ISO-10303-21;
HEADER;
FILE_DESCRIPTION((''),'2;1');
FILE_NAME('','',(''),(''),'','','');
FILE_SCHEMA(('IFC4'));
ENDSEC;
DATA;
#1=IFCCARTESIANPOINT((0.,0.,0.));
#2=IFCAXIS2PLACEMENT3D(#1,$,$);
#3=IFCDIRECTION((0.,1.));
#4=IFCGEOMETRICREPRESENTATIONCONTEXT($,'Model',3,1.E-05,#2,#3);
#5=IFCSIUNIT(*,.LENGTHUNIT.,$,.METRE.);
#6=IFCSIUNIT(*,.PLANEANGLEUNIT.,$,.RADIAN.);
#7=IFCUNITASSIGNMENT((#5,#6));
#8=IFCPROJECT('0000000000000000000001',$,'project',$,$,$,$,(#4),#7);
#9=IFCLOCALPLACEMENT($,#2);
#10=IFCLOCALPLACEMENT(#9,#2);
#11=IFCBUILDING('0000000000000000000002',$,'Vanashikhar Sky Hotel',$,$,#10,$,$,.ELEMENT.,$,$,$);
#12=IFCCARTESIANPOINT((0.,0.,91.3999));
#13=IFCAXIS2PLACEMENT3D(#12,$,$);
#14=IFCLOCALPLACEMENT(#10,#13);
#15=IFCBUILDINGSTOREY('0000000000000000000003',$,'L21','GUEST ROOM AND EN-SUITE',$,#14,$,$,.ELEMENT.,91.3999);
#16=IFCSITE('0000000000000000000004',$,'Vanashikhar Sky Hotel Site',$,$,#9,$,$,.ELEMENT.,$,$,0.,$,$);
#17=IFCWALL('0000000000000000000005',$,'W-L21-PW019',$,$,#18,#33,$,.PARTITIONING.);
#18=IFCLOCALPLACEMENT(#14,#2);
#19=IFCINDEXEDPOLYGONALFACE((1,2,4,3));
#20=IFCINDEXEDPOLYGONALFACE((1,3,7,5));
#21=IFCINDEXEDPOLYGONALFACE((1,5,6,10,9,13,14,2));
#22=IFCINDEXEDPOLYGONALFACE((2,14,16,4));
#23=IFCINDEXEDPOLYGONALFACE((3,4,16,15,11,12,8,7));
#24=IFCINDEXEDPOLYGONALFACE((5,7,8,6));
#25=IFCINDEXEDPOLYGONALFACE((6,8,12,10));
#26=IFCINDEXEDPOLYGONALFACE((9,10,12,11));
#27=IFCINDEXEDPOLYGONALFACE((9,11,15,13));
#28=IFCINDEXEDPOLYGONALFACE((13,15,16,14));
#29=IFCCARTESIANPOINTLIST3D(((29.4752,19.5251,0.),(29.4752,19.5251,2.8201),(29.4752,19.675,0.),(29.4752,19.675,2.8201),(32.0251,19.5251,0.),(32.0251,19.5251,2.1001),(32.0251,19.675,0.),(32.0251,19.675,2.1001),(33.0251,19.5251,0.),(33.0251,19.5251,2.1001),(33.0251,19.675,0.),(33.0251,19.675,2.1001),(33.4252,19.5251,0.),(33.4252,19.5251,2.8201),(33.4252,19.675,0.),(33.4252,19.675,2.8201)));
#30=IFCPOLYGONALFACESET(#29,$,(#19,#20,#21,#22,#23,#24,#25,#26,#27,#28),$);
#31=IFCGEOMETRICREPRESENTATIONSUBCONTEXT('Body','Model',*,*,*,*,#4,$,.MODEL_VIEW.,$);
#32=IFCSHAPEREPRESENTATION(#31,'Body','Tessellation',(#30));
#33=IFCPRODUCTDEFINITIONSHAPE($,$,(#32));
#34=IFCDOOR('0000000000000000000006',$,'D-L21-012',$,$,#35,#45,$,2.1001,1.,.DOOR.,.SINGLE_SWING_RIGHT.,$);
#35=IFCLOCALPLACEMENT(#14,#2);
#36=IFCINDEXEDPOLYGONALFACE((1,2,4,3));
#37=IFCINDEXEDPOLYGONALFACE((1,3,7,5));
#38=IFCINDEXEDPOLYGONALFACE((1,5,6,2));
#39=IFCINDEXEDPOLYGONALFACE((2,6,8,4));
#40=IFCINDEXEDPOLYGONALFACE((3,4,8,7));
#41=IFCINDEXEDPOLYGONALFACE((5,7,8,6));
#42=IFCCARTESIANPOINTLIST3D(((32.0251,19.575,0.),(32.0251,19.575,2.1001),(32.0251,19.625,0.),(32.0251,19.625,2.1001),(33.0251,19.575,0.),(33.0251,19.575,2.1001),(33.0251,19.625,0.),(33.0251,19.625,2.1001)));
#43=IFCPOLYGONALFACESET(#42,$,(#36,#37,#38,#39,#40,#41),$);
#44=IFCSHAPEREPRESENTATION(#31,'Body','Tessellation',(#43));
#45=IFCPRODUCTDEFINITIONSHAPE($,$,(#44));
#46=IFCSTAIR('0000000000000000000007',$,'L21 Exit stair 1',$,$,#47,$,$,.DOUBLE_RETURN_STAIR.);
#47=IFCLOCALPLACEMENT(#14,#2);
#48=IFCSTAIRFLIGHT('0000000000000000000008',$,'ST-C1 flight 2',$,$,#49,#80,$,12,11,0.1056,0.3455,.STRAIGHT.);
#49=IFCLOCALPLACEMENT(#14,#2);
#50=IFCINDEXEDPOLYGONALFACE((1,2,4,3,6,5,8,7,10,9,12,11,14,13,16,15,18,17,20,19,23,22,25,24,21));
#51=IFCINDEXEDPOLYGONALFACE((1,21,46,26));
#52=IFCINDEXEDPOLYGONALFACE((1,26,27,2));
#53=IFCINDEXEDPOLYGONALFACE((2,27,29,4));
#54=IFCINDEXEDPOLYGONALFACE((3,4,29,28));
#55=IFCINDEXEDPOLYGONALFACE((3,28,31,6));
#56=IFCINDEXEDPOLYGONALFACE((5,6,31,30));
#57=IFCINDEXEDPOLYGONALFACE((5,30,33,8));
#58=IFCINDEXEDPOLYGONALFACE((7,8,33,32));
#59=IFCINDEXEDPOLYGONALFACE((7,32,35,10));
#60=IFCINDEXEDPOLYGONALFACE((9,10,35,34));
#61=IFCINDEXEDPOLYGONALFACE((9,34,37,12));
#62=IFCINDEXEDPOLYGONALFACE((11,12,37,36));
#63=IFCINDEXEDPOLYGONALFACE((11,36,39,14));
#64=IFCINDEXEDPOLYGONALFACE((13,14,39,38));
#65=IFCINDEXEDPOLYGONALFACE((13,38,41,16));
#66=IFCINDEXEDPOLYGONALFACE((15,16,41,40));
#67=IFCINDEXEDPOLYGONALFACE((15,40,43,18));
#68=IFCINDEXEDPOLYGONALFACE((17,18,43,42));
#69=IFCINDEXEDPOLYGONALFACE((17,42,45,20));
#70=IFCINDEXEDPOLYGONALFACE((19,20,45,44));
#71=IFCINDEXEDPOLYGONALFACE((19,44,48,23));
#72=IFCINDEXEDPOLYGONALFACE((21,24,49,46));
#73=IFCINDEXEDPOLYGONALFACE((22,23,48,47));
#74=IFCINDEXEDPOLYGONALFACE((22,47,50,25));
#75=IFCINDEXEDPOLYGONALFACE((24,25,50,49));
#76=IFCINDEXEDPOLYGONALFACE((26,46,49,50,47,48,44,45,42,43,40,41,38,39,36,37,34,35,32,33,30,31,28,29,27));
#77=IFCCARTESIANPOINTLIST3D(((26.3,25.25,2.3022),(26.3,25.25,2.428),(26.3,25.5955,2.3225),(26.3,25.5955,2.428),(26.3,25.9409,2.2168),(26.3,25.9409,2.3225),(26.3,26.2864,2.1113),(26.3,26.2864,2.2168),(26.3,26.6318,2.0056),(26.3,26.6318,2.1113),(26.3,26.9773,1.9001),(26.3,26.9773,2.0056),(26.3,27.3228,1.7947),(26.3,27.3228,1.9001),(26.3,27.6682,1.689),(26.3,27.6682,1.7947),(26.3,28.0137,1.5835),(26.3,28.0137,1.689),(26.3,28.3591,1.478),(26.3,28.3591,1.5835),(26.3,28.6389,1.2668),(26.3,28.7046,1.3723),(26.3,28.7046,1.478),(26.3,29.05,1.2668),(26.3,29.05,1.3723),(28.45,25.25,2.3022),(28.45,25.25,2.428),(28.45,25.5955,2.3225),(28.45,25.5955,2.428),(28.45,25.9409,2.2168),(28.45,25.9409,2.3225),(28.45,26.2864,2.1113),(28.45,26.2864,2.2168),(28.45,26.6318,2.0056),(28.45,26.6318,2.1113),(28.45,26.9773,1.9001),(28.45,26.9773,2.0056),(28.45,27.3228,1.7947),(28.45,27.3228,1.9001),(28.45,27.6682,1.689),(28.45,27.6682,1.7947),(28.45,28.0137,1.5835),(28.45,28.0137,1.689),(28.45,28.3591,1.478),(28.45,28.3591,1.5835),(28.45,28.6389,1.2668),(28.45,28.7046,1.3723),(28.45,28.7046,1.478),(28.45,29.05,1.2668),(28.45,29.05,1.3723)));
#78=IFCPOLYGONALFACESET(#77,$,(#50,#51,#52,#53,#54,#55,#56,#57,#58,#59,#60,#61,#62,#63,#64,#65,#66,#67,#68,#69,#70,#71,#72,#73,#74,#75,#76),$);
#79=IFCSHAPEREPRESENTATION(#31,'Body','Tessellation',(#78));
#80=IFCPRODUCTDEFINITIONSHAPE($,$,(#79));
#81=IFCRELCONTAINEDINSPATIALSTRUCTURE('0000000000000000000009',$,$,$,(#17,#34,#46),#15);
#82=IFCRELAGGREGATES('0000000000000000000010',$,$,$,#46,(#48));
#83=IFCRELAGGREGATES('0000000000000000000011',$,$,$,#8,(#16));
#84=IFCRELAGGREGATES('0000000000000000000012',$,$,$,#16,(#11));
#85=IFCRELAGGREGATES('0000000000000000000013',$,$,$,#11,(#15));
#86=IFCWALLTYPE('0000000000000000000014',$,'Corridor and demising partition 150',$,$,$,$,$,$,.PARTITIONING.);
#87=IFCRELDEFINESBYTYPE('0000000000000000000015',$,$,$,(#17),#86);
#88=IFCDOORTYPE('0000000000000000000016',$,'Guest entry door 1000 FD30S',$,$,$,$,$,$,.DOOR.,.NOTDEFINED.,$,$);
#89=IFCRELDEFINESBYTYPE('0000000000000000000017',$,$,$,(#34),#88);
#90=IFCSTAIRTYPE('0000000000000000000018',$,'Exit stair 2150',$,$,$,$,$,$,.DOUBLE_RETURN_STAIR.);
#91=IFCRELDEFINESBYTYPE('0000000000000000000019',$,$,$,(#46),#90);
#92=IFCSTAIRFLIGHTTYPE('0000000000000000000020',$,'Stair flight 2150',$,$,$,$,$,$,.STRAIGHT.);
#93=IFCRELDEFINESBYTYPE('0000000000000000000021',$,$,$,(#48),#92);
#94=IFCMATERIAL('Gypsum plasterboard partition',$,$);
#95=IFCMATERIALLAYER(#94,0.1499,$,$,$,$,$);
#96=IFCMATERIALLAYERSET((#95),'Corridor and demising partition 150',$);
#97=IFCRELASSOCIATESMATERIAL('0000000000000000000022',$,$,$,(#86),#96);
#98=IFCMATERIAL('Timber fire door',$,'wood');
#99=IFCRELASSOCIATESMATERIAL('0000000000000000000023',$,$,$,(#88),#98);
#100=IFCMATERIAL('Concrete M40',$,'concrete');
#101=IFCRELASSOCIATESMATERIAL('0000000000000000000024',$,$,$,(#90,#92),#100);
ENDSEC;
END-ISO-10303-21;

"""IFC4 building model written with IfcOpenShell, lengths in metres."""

from ifc_helpers import new_model, si_unit, direction, frame, frame_2d, origin, place, context, subcontext, project, spatial, polyline, rectangle, outline, extrude, source, transform, mapped, material, layer, layer_set, type_object, element, fill, aggregate, save


model = new_model("IFC4")

# Units and contexts
model_context = context("Model", 3, precision=1e-05, world=origin(), true_north=direction((0.0, 1.0)))
body_context = subcontext(model_context, "Body", "Model", "MODEL_VIEW")
ifc_project = project(units=[si_unit("LENGTHUNIT", "METRE"), si_unit("PLANEANGLEUNIT", "RADIAN")], contexts=[model_context])

# Site, building, storey
site_placement = place(None, origin())
site = spatial("IfcSite", under=ifc_project, at=site_placement, Name="Vanashikhar Sky Hotel Site", CompositionType="ELEMENT", RefElevation=0.0)
building_placement = place(site_placement, origin())
building = spatial("IfcBuilding", under=site, at=building_placement, Name="Vanashikhar Sky Hotel", CompositionType="ELEMENT")
storey_placement = place(building_placement, frame((0.0, 0.0, 91.3999)))
storey = spatial("IfcBuildingStorey", under=building, at=storey_placement, Name="L21", Description="GUEST ROOM AND EN-SUITE", CompositionType="ELEMENT", Elevation=91.3999)

# Wall, opening, door
ifc_material_1 = material(Name="Gypsum plasterboard partition")
ifc_layer_1 = layer(ifc_material_1, 0.1499)
ifc_layer_set_1 = layer_set([ifc_layer_1], Name="Corridor and demising partition 150")
wall_type_1 = type_object("IfcWallType", Name="Corridor and demising partition 150", PredefinedType="PARTITIONING", material=ifc_layer_set_1)
shared_shape_1 = source(origin(), body_context, "Body", "SweptSolid", [
    extrude(rectangle(XDim=3.95, YDim=0.1499, at=frame_2d((1.9751, 0.0))), origin(), (0.0, 0.0, 1.0), 2.8201),
])
shared_shape_2 = source(origin(), body_context, "Body", "SweptSolid", [
    extrude(rectangle(XDim=1.0, YDim=2.1001, at=frame_2d((0.5, 1.05))), frame((0.0, 0.085, 0.0), z_axis=(0.0, -1.0, 0.0), x_axis=(1.0, 0.0, 0.0)), (0.0, 0.0, 1.0), 0.1699),
])
ifc_material_2 = material(Name="Timber fire door", Category="wood")
door_type_1 = type_object("IfcDoorType", Name="Guest entry door 1000 FD30S", OperationType="NOTDEFINED", PredefinedType="DOOR", material=ifc_material_2)
shared_shape_3 = source(origin(), body_context, "Body", "SweptSolid", [
    extrude(rectangle(XDim=1.0, YDim=2.1001, at=frame_2d((0.5, 1.05))), frame((0.0, 0.0249, 0.0), z_axis=(0.0, -1.0, 0.0), x_axis=(1.0, 0.0, 0.0)), (0.0, 0.0, 1.0), 0.05),
])
wall_1_placement = place(storey_placement, frame((29.4751, 19.6001, 0.0), z_axis=(0.0, 0.0, 1.0), x_axis=(1.0, 0.0, 0.0)))
wall_1 = element("IfcWall", 1, at=wall_1_placement, inside=storey, type_object=wall_type_1, Name="W-L21-PW019", PredefinedType="PARTITIONING", context=body_context, shape_type="MappedRepresentation", body=[
    mapped(shared_shape_1, transform((0.0, 0.0, 0.0), scale=1.0)),
])
opening_1_placement = place(wall_1_placement, frame((2.55, 0.0, 0.0)))
opening_1 = element("IfcOpeningElement", 2, at=opening_1_placement, cuts=wall_1, PredefinedType="OPENING", context=body_context, shape_type="MappedRepresentation", body=[
    mapped(shared_shape_2, transform((0.0, 0.0, 0.0), scale=1.0)),
])
door_1_placement = place(opening_1_placement, origin())
door_1 = element("IfcDoor", 3, at=door_1_placement, inside=storey, type_object=door_type_1, Name="D-L21-012", OperationType="SINGLE_SWING_RIGHT", OverallHeight=2.1001, OverallWidth=1.0, PredefinedType="DOOR", context=body_context, shape_type="MappedRepresentation", body=[
    mapped(shared_shape_3, transform((0.0, 0.0, 0.0), scale=1.0)),
])
fill(opening_1, door_1)

# Stair, stair flight
ifc_material_3 = material(Name="Concrete M40", Category="concrete")
stair_type = type_object("IfcStairType", Name="Exit stair 2150", PredefinedType="DOUBLE_RETURN_STAIR", material=ifc_material_3)
stair_placement = place(storey_placement, origin())
stair = element("IfcStair", 4, at=stair_placement, inside=storey, type_object=stair_type, Name="L21 Exit stair 1", PredefinedType="DOUBLE_RETURN_STAIR")
stair_flight_type = type_object("IfcStairFlightType", Name="Stair flight 2150", PredefinedType="STRAIGHT", material=ifc_material_3)
shared_shape_4 = source(origin(), body_context, "Body", "SweptSolid", [
    extrude(outline(polyline([(0.0, 0.0), (0.0, 0.1055), (0.3455, 0.1055), (0.3455, 0.2112), (0.6909, 0.2112), (0.6909, 0.3167), (1.0364, 0.3167), (1.0364, 0.4221), (1.3818, 0.4221), (1.3818, 0.5278), (1.7273, 0.5278), (1.7273, 0.6333), (2.0728, 0.6333), (2.0728, 0.7388), (2.4182, 0.7388), (2.4182, 0.8445), (2.7637, 0.8445), (2.7637, 0.95), (3.1091, 0.95), (3.1091, 1.0557), (3.4546, 1.0557), (3.4546, 1.1611), (3.8, 1.1611), (3.8, 1.2666), (3.8, 1.0354), (0.4111, 0.0), (0.0, 0.0)])), frame((0.0, 1.075, 0.0), z_axis=(0.0, -1.0, 0.0), x_axis=(1.0, 0.0, 0.0)), (0.0, 0.0, 1.0), 2.1499),
])
stair_flight_placement = place(storey_placement, frame((27.375, 29.05, 1.2668), z_axis=(0.0, 0.0, 1.0), x_axis=(0.0, -1.0, 0.0)))
stair_flight = element("IfcStairFlight", 5, at=stair_flight_placement, type_object=stair_flight_type, Name="ST-C1 flight 2", NumberOfRisers=12, NumberOfTreads=11, PredefinedType="STRAIGHT", RiserHeight=0.1056, TreadLength=0.3455, context=body_context, shape_type="MappedRepresentation", body=[
    mapped(shared_shape_4, transform((0.0, 0.0, 0.0), scale=1.0)),
])
aggregate(stair, [stair_flight])

save(model, "model.ifc")
